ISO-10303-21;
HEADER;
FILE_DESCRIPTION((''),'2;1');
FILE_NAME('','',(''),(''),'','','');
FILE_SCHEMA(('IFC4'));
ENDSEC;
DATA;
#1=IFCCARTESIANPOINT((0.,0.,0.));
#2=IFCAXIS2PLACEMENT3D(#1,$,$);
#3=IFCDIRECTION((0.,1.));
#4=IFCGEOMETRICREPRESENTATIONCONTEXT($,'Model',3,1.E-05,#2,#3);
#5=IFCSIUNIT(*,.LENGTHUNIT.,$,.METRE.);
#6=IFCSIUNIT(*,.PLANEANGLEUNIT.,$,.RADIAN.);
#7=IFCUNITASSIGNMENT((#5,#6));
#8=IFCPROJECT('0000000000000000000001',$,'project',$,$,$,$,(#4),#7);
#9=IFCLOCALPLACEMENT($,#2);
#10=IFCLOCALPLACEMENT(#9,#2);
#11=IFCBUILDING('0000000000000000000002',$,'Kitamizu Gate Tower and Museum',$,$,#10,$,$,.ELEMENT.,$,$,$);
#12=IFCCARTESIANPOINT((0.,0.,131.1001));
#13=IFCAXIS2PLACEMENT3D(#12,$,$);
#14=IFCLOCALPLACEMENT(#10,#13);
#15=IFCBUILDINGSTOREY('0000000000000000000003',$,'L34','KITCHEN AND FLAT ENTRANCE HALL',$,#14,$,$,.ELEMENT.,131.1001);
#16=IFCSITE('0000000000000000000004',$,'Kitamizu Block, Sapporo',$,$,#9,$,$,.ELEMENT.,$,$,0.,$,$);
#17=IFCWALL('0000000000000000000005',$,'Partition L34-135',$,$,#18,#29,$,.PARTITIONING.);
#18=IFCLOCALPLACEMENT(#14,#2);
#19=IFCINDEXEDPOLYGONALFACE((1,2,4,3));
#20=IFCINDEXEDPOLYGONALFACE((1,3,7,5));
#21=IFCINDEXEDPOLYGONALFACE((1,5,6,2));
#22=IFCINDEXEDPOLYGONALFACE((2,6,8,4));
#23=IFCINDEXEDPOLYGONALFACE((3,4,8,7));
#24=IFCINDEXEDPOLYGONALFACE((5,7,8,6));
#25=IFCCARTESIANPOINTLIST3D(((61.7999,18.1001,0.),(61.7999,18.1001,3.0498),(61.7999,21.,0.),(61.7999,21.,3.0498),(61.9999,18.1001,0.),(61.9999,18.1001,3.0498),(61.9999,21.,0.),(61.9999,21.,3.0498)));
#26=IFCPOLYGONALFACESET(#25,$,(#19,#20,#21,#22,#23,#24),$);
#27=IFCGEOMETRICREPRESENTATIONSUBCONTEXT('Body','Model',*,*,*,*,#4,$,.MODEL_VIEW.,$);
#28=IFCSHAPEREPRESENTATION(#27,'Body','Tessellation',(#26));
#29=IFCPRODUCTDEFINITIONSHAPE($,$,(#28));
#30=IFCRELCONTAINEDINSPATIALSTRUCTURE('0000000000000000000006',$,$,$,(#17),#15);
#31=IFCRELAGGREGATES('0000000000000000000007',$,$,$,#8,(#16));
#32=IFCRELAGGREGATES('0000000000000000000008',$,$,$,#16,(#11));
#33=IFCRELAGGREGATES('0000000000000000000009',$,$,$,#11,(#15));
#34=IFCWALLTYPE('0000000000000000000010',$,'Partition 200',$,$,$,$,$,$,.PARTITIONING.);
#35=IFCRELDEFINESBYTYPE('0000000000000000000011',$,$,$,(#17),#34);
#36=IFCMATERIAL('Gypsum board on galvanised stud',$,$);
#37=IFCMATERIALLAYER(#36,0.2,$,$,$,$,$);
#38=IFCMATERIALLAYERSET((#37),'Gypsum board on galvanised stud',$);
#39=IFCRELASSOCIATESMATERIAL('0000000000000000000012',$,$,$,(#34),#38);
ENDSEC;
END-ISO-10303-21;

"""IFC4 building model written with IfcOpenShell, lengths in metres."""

from ifc_helpers import new_model, si_unit, direction, frame, frame_2d, origin, place, context, subcontext, project, spatial, rectangle, extrude, material, layer, layer_set, type_object, element, save


model = new_model("IFC4")

# Units and contexts
model_context = context("Model", 3, precision=1e-05, world=origin(), true_north=direction((0.0, 1.0)))
body_context = subcontext(model_context, "Body", "Model", "MODEL_VIEW")
ifc_project = project(units=[si_unit("LENGTHUNIT", "METRE"), si_unit("PLANEANGLEUNIT", "RADIAN")], contexts=[model_context])

# Site, building, storey
site_placement = place(None, origin())
site = spatial("IfcSite", under=ifc_project, at=site_placement, Name="Kitamizu Block, Sapporo", CompositionType="ELEMENT", RefElevation=0.0)
building_placement = place(site_placement, origin())
building = spatial("IfcBuilding", under=site, at=building_placement, Name="Kitamizu Gate Tower and Museum", CompositionType="ELEMENT")
storey_placement = place(building_placement, frame((0.0, 0.0, 131.1001)))
storey = spatial("IfcBuildingStorey", under=building, at=storey_placement, Name="L34", Description="KITCHEN AND FLAT ENTRANCE HALL", CompositionType="ELEMENT", Elevation=131.1001)

# Shared definitions
ifc_material_1 = material(Name="Gypsum board on galvanised stud")
ifc_layer_1 = layer(ifc_material_1, 0.2)
ifc_layer_set_1 = layer_set([ifc_layer_1], Name="Gypsum board on galvanised stud")
wall_type_1 = type_object("IfcWallType", Name="Partition 200", PredefinedType="PARTITIONING", material=ifc_layer_set_1)

# Wall
wall_1_placement = place(storey_placement, frame((61.8999, 21.0, 0.0), z_axis=(0.0, 0.0, 1.0), x_axis=(0.0, -1.0, 0.0)))
element("IfcWall", 1, at=wall_1_placement, inside=storey, type_object=wall_type_1, Name="Partition L34-135", PredefinedType="PARTITIONING", context=body_context, shape_type="SweptSolid", body=[
    extrude(rectangle(XDim=2.8999, YDim=0.2, at=frame_2d((1.45, 0.0))), origin(), (0.0, 0.0, 1.0), 3.0498),
])

save(model, "model.ifc")
